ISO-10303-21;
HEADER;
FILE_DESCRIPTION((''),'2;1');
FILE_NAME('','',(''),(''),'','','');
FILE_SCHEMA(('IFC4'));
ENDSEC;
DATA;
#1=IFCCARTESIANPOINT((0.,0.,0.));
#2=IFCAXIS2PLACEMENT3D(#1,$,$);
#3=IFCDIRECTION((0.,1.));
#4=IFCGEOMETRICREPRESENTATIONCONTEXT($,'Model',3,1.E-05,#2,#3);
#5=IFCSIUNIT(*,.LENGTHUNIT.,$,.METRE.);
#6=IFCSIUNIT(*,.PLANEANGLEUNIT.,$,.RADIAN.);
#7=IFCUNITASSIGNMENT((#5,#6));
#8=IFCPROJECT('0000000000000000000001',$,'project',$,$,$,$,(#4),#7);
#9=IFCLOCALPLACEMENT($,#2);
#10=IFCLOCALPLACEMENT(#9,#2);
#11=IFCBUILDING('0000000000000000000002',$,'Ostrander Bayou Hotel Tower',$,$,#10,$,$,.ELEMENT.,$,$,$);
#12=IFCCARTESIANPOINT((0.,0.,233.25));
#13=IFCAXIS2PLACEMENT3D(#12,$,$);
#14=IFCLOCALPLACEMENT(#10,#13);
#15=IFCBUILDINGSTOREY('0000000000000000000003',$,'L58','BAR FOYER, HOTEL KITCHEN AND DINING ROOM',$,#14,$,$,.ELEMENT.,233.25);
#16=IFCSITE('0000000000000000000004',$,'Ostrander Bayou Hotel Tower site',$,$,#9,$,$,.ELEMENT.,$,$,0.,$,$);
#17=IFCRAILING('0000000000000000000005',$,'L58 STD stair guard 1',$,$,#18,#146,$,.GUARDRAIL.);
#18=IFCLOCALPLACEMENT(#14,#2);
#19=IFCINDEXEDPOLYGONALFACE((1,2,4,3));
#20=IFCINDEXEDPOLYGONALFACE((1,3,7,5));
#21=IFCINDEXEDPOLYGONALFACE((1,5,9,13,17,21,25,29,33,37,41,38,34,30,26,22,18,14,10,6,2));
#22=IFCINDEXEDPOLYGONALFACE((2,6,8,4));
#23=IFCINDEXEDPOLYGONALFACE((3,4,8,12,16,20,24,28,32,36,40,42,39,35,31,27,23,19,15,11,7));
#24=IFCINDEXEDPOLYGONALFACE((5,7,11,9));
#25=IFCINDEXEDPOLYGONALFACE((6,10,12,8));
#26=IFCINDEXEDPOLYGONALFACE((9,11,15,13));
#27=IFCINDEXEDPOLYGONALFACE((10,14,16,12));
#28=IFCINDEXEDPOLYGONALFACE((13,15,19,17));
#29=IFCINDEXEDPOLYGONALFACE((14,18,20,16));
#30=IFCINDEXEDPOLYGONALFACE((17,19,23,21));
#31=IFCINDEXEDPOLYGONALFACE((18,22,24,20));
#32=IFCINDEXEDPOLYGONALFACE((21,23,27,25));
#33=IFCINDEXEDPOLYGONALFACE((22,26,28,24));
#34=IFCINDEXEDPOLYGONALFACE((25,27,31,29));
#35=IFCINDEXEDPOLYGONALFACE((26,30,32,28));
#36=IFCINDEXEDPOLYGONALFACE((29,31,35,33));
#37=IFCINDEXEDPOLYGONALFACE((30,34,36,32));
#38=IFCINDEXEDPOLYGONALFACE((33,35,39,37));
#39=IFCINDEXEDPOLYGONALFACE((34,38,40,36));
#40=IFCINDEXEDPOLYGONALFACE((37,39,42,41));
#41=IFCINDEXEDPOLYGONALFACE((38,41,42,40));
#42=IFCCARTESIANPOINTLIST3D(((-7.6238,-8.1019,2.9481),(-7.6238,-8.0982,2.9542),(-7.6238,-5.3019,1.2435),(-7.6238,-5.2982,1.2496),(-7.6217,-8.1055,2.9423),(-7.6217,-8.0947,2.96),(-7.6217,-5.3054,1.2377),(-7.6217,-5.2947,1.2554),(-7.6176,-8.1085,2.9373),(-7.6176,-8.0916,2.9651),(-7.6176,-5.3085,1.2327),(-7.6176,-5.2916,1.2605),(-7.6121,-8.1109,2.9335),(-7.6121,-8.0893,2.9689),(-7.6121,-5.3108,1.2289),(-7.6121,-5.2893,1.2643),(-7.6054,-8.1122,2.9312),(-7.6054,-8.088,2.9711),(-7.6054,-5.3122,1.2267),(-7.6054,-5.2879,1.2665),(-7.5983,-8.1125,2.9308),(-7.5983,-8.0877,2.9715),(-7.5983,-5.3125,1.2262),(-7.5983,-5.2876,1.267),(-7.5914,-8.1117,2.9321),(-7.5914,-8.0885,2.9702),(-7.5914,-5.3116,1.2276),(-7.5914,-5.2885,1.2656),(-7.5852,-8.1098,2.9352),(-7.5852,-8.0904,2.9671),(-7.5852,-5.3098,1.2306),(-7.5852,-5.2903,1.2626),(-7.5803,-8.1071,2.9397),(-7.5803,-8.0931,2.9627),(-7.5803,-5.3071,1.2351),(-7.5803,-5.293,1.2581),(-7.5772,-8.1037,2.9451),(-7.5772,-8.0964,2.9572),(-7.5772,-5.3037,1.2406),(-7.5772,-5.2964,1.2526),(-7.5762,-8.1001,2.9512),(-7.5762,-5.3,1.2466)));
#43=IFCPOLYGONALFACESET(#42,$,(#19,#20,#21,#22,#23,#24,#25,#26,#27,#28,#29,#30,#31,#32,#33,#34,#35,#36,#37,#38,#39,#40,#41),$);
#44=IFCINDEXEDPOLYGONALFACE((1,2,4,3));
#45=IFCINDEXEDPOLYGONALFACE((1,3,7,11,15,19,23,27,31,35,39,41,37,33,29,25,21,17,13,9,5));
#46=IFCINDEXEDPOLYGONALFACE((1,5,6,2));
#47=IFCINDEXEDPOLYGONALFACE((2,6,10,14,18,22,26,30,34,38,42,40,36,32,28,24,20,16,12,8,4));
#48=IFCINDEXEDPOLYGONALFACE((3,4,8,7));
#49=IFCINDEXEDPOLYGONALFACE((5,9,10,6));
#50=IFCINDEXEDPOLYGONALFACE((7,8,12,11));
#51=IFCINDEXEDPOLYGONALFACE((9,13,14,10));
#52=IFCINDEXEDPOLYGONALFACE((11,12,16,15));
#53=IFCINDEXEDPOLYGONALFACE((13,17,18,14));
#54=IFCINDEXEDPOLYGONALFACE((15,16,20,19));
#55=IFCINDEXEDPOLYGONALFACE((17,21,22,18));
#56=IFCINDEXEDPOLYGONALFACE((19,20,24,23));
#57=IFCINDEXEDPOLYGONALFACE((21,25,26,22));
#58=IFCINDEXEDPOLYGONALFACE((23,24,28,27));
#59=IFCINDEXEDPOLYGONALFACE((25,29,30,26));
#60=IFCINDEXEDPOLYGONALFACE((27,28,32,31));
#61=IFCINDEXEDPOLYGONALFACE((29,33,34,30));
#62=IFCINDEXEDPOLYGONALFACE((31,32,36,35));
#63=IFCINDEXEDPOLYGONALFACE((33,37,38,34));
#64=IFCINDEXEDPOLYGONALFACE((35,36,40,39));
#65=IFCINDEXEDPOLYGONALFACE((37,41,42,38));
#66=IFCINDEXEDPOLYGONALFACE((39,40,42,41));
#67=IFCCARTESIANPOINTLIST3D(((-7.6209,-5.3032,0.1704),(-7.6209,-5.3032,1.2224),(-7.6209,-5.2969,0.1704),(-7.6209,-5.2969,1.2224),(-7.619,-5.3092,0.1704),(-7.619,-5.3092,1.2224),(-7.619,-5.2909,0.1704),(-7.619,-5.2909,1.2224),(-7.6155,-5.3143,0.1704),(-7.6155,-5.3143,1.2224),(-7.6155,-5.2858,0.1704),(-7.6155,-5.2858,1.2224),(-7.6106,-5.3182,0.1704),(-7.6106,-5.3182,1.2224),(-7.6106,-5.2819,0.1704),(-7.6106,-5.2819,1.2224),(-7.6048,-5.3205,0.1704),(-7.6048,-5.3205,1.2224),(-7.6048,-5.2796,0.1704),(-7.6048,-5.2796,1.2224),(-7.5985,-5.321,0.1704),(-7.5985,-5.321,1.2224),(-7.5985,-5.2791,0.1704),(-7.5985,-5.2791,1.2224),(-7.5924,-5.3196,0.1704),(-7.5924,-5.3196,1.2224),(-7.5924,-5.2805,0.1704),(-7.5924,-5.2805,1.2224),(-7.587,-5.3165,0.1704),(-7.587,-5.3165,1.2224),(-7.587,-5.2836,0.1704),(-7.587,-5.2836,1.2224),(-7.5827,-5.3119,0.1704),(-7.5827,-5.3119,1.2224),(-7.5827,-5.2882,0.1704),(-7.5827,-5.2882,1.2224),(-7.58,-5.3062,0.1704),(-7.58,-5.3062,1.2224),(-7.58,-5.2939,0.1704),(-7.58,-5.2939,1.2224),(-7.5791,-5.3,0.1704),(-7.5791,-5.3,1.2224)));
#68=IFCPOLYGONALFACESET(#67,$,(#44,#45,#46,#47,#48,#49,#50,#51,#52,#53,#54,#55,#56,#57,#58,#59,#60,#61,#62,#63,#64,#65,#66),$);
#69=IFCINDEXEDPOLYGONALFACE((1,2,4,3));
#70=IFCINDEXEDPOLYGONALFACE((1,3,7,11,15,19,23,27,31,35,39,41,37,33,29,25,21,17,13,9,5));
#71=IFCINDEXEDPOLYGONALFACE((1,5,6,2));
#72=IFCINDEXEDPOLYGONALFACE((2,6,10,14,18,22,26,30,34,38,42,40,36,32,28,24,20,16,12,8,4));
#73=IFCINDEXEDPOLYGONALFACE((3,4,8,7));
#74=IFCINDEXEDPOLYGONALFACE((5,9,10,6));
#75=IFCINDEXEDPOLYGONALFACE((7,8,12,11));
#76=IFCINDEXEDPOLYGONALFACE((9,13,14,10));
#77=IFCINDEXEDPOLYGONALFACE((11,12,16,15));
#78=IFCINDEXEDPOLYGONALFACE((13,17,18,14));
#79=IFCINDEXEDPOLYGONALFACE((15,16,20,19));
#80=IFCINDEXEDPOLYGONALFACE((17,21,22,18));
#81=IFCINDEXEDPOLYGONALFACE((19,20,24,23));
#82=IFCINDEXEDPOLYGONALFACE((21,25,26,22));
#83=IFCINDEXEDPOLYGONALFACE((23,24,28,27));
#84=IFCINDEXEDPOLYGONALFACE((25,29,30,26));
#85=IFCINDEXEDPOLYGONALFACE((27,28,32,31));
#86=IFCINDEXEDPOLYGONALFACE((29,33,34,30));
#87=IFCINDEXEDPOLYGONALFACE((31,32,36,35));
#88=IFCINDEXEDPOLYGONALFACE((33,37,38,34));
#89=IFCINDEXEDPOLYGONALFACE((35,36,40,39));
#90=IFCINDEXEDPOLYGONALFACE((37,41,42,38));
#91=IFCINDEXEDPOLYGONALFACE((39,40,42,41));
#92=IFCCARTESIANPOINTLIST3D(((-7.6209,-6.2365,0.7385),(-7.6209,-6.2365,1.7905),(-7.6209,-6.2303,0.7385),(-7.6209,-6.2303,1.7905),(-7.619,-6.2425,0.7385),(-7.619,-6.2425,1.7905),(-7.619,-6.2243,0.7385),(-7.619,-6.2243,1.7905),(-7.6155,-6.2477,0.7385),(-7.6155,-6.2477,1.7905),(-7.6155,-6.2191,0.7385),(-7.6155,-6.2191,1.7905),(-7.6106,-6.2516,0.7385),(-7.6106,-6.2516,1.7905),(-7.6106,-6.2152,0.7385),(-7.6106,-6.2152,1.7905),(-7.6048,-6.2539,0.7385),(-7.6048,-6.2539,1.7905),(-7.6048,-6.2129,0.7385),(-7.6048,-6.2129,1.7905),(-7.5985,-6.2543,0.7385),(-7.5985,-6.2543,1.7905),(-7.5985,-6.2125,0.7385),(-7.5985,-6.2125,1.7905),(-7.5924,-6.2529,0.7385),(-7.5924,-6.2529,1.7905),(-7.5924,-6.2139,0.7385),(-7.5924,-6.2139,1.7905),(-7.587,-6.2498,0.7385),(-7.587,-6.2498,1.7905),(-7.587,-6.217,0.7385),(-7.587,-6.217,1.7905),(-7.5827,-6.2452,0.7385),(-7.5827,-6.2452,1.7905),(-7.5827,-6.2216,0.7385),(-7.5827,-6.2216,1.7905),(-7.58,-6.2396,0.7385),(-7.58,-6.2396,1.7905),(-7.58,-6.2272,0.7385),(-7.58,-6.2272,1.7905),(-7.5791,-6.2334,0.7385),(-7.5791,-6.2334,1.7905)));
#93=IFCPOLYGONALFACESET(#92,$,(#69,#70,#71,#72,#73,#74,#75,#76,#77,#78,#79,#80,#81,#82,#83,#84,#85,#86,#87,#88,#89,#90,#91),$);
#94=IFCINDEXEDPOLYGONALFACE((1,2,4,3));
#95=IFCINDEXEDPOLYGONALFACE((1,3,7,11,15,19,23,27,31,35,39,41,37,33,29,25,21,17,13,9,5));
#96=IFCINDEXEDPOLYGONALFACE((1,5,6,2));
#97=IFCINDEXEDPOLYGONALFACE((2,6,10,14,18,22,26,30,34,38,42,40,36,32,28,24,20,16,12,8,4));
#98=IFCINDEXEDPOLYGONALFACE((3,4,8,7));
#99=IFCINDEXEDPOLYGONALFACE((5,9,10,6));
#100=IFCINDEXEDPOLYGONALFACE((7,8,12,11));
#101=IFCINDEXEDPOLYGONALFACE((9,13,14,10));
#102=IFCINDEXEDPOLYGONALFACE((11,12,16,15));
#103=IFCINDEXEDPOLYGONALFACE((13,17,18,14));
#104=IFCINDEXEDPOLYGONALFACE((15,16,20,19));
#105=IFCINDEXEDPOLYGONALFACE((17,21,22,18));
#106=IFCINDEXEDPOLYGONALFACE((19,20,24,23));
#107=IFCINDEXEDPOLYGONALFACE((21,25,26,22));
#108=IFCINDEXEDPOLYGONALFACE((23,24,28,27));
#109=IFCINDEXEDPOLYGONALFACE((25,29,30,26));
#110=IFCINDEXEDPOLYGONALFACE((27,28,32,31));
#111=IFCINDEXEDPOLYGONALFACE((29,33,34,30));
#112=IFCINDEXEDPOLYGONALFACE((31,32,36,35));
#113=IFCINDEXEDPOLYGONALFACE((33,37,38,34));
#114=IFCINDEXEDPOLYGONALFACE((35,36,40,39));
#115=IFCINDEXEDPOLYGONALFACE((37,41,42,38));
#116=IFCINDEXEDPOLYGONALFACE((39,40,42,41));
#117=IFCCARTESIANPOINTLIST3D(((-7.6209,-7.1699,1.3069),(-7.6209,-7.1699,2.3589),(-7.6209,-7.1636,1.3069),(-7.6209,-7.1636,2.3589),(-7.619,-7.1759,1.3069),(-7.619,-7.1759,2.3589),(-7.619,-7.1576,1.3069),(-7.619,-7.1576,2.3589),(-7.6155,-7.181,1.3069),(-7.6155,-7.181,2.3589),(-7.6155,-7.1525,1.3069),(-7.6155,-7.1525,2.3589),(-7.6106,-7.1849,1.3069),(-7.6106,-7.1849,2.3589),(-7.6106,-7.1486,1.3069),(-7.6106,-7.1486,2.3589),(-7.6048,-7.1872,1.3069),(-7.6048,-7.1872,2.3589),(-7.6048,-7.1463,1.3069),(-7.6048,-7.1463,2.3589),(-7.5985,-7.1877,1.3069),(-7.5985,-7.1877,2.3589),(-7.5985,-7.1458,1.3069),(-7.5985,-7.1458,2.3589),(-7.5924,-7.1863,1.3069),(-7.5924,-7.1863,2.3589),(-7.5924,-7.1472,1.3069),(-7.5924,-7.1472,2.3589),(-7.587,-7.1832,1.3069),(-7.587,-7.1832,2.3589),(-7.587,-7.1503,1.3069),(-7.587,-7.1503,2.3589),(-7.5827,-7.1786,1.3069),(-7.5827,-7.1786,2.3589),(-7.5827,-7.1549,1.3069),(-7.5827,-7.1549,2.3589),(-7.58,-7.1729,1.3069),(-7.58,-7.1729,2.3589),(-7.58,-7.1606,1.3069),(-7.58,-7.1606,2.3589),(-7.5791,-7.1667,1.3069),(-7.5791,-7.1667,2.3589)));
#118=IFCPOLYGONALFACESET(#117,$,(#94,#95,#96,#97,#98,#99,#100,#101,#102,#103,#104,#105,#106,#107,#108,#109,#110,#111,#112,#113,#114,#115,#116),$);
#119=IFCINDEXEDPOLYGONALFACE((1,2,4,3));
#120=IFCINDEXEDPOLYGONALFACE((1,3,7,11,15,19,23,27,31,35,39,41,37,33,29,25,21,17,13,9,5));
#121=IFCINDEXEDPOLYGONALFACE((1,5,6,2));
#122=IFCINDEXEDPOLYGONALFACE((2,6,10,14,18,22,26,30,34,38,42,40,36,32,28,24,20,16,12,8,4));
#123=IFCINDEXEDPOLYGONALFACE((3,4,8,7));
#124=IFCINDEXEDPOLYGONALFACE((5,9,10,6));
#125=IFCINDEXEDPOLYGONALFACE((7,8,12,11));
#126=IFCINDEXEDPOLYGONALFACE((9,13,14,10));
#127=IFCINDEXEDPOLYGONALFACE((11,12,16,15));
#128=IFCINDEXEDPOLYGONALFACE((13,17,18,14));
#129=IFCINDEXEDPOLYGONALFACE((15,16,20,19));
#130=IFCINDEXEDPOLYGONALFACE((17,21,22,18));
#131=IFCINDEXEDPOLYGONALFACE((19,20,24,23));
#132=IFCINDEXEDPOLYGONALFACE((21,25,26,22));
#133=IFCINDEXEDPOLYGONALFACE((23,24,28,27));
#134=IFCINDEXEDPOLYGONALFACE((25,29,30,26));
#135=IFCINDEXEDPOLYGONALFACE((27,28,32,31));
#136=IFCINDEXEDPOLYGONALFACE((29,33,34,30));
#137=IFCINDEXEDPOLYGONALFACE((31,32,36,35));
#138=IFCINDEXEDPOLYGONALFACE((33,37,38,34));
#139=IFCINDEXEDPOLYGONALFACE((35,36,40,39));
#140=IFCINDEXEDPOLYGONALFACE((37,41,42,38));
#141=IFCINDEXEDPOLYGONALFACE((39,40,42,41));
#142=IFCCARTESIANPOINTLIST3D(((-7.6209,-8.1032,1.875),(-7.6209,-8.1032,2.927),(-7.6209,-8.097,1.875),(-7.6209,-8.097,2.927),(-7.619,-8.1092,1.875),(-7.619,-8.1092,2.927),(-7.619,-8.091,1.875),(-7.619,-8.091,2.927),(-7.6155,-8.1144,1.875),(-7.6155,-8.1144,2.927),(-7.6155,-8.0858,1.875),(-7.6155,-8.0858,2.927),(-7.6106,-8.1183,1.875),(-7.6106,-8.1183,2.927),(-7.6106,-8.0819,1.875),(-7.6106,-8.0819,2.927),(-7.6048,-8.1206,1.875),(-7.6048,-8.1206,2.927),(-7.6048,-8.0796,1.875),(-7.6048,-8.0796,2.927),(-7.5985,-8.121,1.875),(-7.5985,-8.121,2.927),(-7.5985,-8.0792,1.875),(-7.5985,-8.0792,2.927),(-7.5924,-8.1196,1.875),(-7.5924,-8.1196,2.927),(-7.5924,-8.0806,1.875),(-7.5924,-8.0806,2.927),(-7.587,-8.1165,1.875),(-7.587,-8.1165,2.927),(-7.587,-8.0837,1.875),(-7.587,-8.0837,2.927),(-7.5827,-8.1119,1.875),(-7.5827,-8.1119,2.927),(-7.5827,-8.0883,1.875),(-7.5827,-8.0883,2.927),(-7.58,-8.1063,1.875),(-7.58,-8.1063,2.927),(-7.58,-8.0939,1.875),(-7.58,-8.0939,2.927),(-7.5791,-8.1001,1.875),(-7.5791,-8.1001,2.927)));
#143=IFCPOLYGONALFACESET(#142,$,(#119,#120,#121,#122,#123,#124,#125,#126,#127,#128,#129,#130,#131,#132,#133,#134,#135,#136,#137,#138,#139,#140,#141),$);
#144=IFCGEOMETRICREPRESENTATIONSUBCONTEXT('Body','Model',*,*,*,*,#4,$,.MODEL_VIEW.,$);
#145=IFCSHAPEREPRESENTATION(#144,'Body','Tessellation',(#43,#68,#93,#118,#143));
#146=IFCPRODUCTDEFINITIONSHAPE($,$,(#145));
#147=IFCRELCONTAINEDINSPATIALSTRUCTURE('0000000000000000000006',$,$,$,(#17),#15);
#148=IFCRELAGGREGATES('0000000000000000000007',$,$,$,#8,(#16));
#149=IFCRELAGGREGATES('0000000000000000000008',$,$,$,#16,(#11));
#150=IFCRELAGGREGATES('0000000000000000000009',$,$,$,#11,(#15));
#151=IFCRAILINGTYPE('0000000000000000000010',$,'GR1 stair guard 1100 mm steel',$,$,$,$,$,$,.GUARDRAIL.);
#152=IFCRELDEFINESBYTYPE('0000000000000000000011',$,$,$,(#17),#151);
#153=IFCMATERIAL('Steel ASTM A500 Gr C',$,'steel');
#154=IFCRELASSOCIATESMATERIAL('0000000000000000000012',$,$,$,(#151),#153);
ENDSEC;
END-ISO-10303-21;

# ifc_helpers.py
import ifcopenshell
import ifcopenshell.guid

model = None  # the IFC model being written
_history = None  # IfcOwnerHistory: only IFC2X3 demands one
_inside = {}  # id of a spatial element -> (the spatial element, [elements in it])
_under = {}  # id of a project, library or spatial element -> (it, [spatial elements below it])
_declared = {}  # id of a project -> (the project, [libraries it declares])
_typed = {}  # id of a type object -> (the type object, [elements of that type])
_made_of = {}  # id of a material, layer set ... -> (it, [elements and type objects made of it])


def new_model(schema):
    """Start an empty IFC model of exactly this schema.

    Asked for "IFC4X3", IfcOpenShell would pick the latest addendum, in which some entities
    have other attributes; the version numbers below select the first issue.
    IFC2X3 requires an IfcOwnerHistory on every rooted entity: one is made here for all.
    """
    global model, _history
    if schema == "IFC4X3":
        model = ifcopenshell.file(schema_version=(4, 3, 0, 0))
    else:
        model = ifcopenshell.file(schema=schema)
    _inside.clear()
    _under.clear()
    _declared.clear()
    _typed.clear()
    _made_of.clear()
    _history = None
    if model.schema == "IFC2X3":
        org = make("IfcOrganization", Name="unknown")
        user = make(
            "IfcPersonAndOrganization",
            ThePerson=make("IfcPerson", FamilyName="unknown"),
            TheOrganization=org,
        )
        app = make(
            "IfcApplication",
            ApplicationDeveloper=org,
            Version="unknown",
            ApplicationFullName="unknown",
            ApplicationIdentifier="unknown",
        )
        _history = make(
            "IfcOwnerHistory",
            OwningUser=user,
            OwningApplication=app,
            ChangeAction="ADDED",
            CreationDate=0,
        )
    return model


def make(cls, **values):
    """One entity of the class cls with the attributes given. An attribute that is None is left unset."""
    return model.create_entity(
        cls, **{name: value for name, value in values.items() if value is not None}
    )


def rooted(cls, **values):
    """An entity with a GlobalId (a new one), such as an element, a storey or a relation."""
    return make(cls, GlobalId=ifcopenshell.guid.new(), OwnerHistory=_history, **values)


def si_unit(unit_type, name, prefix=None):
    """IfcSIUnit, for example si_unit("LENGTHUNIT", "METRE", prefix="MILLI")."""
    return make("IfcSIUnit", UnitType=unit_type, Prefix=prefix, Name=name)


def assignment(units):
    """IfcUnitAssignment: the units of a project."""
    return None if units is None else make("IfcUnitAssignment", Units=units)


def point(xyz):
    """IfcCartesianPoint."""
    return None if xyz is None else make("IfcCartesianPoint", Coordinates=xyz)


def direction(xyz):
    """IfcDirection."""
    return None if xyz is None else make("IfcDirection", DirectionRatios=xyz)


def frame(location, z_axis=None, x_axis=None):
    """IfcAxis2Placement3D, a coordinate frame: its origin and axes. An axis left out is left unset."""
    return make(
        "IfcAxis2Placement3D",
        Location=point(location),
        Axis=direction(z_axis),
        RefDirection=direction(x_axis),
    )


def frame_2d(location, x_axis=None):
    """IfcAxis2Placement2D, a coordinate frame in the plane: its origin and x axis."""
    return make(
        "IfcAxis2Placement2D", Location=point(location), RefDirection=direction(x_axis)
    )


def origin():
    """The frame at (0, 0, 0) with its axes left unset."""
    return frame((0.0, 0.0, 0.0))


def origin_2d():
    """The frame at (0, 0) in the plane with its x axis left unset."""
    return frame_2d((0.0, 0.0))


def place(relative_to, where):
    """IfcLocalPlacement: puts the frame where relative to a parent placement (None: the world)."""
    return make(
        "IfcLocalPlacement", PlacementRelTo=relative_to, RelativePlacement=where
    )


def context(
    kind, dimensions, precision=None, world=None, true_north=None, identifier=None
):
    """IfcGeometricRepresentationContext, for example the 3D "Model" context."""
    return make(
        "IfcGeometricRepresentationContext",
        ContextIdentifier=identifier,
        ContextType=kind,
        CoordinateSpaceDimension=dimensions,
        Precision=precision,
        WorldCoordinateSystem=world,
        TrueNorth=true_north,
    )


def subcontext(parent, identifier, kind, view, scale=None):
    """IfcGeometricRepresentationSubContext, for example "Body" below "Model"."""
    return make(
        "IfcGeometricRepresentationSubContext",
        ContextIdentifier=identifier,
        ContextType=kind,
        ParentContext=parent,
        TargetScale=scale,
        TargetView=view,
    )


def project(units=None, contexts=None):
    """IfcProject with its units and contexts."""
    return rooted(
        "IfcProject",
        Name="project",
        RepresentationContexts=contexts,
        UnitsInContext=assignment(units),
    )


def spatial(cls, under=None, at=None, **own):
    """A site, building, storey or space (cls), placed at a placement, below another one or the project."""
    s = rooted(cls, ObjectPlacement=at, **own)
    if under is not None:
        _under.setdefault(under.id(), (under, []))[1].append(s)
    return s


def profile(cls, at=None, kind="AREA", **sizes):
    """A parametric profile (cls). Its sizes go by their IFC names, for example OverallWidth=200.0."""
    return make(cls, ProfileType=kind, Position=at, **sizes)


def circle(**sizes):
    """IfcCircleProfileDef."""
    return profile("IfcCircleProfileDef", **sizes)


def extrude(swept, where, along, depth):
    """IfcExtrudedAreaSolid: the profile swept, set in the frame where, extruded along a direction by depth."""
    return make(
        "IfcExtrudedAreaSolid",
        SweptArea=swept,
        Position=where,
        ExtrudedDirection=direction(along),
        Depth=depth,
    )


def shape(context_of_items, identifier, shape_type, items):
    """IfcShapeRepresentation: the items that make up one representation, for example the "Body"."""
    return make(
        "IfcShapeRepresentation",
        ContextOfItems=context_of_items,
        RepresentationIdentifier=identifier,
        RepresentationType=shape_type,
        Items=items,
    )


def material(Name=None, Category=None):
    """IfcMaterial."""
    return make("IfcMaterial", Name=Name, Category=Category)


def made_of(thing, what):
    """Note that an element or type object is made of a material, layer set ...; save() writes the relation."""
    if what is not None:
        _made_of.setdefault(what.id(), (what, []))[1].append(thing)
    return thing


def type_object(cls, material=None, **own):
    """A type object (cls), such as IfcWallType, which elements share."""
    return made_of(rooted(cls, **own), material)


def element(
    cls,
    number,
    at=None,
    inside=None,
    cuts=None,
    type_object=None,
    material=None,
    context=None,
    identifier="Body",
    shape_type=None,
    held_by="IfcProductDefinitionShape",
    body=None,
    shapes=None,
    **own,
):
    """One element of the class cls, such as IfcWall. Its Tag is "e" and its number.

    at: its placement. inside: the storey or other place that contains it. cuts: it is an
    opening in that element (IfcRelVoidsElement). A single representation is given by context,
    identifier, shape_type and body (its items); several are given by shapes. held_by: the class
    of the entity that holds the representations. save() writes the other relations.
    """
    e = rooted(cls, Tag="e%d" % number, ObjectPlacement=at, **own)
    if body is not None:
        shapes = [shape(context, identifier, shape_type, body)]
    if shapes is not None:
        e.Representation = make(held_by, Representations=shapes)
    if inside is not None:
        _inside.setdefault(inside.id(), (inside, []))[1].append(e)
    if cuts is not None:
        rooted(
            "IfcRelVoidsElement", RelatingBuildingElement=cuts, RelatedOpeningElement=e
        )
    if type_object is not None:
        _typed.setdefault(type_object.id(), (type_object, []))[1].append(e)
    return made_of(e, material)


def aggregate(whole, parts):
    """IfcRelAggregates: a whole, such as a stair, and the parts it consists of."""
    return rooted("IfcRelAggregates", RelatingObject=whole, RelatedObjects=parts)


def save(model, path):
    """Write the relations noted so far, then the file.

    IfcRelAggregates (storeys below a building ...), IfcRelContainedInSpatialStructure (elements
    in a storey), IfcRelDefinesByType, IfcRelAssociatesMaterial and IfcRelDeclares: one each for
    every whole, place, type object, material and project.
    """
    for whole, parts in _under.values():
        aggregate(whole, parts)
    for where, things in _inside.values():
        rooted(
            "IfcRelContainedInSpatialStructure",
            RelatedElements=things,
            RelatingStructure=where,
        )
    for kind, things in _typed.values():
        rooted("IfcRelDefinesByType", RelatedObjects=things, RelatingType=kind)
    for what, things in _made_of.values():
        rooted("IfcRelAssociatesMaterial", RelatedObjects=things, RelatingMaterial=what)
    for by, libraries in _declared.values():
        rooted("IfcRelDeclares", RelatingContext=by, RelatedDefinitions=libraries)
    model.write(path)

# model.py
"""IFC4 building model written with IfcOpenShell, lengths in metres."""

from ifc_helpers import new_model, si_unit, direction, frame, origin, origin_2d, place, context, subcontext, project, spatial, circle, extrude, material, type_object, element, save


model = new_model("IFC4")

# Units and contexts
model_context = context("Model", 3, precision=1e-05, world=origin(), true_north=direction((0.0, 1.0)))
body_context = subcontext(model_context, "Body", "Model", "MODEL_VIEW")
ifc_project = project(units=[si_unit("LENGTHUNIT", "METRE"), si_unit("PLANEANGLEUNIT", "RADIAN")], contexts=[model_context])

# Site, building, storey
site_placement = place(None, origin())
site = spatial("IfcSite", under=ifc_project, at=site_placement, Name="Ostrander Bayou Hotel Tower site", CompositionType="ELEMENT", RefElevation=0.0)
building_placement = place(site_placement, origin())
building = spatial("IfcBuilding", under=site, at=building_placement, Name="Ostrander Bayou Hotel Tower", CompositionType="ELEMENT")
storey_placement = place(building_placement, frame((0.0, 0.0, 233.25)))
storey = spatial("IfcBuildingStorey", under=building, at=storey_placement, Name="L58", Description="BAR FOYER, HOTEL KITCHEN AND DINING ROOM", CompositionType="ELEMENT", Elevation=233.25)

# Railing
ifc_material_1 = material(Name="Steel ASTM A500 Gr C", Category="steel")
railing_type_1 = type_object("IfcRailingType", Name="GR1 stair guard 1100 mm steel", PredefinedType="GUARDRAIL", material=ifc_material_1)
railing_1_placement = place(storey_placement, frame((-7.6001, -5.3, 0.1704)))
element("IfcRailing", 1, at=railing_1_placement, inside=storey, type_object=railing_type_1, Name="L58 STD stair guard 1", PredefinedType="GUARDRAIL", context=body_context, shape_type="SweptSolid", body=[
    extrude(circle(Radius=0.0239, at=origin_2d()), frame((0.0, 0.0, 1.0762), z_axis=(0.0, -0.85417, 0.519994), x_axis=(1.0, 0.0, 0.0)), (0.0, 0.0, 1.0), 3.2781),
    extrude(circle(Radius=0.021, at=origin_2d()), origin(), (0.0, 0.0, 1.0), 1.052),
    extrude(circle(Radius=0.021, at=origin_2d()), frame((0.0, -0.9333, 0.5681)), (0.0, 0.0, 1.0), 1.052),
    extrude(circle(Radius=0.021, at=origin_2d()), frame((0.0, -1.8667, 1.1365)), (0.0, 0.0, 1.0), 1.052),
    extrude(circle(Radius=0.021, at=origin_2d()), frame((0.0, -2.8, 1.7046)), (0.0, 0.0, 1.0), 1.052),
])

save(model, "model.ifc")
